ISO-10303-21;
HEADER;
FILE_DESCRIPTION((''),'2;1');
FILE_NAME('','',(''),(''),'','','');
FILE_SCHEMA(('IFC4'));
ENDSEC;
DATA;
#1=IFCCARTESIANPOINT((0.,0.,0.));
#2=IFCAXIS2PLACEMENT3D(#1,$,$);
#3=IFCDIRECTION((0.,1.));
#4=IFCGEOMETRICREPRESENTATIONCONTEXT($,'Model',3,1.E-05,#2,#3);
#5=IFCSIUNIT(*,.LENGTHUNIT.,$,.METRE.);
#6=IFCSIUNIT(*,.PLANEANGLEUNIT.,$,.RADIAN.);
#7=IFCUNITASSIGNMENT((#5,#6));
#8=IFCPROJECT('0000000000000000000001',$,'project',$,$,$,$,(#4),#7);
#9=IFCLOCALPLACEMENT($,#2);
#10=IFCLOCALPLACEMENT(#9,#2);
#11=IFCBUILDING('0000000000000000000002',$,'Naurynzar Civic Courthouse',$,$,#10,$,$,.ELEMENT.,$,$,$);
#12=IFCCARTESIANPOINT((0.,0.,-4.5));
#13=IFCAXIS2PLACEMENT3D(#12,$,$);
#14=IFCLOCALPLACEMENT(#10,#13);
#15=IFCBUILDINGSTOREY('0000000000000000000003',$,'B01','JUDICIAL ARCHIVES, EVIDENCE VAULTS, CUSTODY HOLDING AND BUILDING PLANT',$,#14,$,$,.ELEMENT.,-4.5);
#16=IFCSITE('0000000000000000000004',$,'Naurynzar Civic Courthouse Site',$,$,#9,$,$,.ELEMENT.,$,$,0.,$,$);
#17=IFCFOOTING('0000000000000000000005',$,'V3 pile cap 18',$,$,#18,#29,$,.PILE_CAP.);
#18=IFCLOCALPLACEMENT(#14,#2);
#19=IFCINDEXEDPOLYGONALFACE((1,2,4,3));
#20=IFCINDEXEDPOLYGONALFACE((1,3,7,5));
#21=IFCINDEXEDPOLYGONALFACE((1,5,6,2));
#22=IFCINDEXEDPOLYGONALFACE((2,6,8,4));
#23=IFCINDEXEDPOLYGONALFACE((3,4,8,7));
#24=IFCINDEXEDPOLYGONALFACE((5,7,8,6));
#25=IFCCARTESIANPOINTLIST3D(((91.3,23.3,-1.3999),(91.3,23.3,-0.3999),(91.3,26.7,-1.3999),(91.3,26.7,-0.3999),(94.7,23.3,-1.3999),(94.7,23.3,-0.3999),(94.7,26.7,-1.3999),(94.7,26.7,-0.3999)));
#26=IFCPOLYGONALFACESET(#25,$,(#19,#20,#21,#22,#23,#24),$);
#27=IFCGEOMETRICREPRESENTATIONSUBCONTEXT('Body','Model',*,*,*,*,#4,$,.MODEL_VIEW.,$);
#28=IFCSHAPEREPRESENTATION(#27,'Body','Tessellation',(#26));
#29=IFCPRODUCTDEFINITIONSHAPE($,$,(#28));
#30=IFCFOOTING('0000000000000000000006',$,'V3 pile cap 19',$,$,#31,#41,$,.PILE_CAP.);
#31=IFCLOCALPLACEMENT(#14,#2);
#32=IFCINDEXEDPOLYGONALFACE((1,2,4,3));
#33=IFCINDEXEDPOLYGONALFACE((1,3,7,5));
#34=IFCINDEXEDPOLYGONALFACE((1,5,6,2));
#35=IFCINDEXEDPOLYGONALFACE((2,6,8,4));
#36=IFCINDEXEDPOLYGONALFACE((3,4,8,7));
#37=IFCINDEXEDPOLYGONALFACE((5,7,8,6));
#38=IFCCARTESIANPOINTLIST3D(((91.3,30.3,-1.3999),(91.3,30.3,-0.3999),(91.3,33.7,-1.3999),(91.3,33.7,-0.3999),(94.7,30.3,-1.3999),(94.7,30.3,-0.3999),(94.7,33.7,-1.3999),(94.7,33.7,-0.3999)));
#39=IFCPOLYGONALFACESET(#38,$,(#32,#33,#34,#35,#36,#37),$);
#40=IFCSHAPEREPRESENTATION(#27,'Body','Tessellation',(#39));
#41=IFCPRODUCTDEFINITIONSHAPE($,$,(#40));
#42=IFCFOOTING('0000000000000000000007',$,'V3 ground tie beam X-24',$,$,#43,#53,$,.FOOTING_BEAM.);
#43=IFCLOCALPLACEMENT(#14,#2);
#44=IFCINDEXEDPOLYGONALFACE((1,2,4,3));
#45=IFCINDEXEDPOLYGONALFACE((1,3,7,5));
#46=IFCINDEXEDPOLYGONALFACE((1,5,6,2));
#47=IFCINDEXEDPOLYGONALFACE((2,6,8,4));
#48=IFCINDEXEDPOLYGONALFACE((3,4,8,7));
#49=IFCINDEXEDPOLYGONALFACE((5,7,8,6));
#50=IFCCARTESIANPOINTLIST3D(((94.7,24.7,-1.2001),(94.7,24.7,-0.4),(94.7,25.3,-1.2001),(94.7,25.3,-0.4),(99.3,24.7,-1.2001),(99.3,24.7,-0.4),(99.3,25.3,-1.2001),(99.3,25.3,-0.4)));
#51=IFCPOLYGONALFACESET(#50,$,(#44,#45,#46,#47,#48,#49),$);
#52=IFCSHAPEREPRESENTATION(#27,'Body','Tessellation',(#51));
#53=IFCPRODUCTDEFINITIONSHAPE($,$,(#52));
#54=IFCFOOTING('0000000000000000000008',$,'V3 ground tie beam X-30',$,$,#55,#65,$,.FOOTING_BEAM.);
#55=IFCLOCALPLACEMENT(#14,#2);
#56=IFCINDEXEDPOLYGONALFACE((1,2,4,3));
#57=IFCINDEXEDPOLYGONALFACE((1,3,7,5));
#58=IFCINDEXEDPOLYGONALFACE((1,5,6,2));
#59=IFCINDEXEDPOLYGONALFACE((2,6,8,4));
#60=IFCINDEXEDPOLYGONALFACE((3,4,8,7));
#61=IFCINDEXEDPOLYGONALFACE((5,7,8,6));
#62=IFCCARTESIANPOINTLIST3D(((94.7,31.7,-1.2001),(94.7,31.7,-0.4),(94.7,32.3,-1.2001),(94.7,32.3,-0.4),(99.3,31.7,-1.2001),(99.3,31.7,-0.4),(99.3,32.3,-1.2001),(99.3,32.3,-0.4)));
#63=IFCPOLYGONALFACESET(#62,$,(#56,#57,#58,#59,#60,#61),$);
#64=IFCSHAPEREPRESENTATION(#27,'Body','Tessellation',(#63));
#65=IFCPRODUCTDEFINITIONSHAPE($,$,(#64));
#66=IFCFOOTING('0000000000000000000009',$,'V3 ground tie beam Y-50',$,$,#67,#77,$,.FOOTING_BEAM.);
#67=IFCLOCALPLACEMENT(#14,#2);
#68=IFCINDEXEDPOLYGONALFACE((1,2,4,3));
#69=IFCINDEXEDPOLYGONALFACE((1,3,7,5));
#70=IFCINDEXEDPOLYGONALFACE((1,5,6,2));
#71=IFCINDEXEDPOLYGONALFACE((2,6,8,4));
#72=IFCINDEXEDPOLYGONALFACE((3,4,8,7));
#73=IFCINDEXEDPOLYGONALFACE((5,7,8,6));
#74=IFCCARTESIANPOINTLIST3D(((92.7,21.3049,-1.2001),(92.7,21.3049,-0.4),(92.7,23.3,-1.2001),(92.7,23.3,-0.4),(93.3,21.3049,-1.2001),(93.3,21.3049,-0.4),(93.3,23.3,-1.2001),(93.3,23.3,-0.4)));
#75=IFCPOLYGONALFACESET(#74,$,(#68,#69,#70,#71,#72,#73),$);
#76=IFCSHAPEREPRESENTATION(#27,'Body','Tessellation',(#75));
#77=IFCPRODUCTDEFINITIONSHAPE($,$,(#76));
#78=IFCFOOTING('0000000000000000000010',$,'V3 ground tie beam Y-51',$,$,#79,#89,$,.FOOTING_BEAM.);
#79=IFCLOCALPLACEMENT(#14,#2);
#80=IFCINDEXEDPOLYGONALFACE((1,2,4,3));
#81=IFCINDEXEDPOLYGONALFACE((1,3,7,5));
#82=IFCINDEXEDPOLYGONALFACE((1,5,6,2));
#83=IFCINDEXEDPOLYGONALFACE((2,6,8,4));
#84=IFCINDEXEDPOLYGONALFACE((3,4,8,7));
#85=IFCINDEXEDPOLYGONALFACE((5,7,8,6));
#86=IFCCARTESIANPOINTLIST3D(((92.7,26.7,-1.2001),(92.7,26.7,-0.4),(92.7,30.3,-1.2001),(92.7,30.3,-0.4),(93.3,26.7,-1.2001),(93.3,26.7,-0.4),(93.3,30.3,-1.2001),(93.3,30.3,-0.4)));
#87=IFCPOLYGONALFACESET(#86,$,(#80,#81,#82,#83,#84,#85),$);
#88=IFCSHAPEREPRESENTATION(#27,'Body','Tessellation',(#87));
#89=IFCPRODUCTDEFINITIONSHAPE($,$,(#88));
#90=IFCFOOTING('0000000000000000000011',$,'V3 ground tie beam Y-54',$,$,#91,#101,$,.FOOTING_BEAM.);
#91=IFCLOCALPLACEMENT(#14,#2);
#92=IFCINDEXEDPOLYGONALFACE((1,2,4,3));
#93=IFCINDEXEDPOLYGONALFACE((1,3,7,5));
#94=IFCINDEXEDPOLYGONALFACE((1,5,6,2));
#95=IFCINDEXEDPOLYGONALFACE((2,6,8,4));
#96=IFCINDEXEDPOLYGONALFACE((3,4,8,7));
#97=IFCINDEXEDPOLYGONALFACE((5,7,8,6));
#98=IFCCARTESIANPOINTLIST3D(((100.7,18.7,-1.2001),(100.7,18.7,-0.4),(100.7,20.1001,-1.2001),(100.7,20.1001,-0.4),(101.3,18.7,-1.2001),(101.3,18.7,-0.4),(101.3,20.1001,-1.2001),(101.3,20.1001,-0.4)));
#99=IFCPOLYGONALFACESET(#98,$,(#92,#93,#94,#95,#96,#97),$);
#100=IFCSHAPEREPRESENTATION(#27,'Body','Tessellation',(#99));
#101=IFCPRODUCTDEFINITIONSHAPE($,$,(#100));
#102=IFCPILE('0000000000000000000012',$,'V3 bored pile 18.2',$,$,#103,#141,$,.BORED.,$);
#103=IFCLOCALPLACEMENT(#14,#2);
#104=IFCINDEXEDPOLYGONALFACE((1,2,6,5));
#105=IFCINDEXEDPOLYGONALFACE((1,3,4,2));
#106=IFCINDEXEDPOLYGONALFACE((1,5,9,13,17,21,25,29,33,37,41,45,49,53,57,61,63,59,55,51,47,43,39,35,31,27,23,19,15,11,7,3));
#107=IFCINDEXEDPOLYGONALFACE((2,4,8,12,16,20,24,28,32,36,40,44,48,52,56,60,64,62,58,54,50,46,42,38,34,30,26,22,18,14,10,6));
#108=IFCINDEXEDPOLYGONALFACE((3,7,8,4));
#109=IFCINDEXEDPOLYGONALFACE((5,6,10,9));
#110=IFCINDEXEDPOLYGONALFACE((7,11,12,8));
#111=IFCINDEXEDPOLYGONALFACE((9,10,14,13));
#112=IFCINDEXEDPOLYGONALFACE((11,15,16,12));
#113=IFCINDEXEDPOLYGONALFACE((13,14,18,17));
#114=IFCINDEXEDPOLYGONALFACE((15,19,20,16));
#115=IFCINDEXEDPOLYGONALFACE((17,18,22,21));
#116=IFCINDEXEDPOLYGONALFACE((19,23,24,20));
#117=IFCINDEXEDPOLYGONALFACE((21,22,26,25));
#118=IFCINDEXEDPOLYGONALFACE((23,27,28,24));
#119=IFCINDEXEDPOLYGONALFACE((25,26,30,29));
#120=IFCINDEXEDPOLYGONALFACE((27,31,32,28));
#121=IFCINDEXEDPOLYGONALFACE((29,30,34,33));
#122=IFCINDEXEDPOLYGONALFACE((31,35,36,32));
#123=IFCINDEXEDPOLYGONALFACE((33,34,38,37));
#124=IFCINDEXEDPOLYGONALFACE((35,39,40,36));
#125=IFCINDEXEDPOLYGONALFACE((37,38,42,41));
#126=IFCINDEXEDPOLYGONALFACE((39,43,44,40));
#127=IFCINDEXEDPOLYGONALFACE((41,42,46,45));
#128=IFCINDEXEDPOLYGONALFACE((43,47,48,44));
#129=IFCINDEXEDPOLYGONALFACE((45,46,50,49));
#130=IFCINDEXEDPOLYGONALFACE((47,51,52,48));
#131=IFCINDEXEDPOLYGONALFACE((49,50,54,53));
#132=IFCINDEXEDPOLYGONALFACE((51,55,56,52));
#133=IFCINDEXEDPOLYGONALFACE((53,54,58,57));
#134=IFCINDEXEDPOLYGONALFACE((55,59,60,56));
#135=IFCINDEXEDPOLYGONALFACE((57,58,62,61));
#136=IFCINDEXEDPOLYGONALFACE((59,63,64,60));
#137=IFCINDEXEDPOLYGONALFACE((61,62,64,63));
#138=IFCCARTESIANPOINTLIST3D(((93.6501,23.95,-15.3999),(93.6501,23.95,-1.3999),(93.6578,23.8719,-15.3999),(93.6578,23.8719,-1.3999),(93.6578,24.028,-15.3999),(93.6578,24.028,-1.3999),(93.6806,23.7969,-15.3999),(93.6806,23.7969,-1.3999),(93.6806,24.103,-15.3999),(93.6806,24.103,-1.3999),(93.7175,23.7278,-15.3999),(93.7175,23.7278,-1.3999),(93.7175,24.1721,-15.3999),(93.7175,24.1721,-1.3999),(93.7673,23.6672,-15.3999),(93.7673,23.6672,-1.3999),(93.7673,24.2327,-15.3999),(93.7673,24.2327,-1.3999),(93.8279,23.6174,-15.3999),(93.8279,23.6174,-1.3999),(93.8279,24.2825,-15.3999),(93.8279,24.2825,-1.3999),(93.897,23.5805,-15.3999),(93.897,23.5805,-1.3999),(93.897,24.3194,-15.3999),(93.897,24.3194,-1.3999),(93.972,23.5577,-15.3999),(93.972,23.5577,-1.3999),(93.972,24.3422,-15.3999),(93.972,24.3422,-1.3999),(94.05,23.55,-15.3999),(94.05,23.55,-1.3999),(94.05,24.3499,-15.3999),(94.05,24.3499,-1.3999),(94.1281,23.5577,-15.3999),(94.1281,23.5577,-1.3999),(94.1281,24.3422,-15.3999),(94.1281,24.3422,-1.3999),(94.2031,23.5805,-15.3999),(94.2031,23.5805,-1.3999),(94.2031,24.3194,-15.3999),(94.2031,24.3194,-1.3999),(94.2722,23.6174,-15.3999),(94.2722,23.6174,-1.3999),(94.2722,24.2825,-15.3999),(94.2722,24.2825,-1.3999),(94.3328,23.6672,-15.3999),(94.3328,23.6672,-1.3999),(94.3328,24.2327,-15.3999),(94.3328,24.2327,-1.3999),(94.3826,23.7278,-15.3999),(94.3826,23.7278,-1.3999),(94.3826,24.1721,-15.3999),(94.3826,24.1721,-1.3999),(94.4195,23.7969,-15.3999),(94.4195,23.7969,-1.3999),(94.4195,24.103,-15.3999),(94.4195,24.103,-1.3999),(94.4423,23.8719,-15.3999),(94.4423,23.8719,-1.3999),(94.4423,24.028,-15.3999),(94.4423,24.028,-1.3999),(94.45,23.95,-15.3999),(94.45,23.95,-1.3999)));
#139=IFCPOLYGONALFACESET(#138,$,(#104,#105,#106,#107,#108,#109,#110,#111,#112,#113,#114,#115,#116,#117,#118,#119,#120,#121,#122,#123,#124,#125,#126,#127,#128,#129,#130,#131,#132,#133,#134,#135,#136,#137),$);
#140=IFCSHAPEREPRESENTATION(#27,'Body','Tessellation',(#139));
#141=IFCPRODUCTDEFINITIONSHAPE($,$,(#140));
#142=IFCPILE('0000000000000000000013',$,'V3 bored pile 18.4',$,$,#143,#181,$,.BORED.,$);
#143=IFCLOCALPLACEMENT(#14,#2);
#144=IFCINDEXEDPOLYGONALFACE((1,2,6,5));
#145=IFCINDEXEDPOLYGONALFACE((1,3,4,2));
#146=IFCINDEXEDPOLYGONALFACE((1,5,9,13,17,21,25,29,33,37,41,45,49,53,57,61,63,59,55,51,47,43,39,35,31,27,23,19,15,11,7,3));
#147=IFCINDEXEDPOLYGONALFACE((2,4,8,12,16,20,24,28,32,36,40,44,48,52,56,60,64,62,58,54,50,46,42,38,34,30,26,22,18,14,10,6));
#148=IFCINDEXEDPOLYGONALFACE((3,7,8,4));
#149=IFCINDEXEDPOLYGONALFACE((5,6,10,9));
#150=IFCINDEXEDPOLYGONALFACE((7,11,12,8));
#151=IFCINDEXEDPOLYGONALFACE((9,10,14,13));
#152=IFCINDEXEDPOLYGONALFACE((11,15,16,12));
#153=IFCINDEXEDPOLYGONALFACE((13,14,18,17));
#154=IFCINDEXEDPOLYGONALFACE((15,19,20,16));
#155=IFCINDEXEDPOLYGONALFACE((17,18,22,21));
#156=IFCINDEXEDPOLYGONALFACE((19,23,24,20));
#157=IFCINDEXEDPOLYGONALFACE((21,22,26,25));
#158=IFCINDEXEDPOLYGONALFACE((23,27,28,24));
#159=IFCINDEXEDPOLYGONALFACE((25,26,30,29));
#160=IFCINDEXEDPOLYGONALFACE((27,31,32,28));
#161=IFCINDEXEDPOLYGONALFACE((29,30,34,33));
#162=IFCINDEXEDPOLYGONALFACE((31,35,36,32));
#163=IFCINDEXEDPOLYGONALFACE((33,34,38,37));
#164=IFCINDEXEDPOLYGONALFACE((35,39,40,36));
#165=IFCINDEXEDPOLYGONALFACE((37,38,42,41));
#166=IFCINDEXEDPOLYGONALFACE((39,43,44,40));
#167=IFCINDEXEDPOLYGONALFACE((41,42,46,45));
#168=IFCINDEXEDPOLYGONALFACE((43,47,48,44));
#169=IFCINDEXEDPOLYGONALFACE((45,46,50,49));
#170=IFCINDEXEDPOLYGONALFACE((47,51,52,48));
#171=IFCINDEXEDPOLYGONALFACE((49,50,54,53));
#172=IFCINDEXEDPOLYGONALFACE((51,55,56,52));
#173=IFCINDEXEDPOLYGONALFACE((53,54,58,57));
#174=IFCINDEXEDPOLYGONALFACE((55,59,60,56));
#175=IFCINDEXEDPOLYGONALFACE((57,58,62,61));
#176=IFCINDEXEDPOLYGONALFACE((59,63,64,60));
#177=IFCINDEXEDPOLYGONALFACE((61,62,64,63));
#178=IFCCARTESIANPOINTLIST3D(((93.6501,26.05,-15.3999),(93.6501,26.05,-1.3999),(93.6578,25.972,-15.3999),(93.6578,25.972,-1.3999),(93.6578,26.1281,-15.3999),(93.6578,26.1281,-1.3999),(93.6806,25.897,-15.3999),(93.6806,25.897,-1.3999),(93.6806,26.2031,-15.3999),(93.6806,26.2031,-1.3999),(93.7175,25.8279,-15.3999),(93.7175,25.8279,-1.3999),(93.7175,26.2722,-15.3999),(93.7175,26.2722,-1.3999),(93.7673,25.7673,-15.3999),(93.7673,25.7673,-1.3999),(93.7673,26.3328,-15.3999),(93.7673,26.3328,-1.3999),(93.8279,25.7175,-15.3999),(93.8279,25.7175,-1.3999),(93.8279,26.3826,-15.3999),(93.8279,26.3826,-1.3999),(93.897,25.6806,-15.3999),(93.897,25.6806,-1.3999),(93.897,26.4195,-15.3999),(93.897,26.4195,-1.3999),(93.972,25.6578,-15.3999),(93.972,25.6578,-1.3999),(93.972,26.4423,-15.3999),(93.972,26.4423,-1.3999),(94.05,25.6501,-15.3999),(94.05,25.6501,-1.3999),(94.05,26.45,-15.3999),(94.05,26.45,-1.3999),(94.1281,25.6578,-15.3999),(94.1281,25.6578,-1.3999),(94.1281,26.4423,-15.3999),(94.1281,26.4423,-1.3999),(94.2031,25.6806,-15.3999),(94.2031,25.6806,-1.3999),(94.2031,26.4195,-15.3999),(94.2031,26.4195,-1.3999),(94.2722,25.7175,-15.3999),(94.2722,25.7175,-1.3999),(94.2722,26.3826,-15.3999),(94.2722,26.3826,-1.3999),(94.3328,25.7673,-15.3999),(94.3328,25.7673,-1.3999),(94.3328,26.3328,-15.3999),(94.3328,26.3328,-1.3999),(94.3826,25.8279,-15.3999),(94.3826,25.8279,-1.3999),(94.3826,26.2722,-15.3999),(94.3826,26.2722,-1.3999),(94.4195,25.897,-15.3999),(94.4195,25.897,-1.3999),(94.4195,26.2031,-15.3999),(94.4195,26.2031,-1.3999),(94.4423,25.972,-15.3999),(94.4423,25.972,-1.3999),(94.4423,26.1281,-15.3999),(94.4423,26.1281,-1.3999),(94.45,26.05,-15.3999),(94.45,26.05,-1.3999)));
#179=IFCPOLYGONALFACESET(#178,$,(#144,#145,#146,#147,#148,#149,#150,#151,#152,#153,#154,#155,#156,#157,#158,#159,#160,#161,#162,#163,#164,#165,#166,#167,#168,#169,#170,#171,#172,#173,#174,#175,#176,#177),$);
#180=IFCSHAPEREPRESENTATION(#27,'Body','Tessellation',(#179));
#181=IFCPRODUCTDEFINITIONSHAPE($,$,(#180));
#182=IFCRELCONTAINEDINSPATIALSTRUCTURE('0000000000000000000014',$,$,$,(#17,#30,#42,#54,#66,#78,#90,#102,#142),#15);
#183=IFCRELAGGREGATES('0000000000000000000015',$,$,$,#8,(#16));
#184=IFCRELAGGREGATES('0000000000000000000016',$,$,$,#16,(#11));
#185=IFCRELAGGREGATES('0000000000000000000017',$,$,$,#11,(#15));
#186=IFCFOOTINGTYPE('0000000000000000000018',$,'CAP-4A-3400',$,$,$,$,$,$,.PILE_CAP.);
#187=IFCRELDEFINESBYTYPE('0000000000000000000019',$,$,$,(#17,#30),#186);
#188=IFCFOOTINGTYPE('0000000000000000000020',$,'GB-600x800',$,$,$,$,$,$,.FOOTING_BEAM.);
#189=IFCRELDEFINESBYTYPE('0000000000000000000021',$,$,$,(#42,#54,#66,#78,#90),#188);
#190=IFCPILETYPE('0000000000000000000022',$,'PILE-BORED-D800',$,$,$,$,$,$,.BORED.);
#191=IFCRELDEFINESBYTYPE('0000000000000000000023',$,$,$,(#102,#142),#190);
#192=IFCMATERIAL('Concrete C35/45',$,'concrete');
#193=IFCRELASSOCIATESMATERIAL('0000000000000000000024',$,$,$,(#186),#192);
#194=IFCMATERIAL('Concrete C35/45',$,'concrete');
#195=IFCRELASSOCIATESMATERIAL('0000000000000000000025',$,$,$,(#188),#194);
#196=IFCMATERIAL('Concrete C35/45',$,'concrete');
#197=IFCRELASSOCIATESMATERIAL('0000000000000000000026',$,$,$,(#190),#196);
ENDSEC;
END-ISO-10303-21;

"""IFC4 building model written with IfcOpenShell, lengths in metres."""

from ifc_helpers import new_model, si_unit, direction, frame, origin, origin_2d, place, context, subcontext, project, spatial, rectangle, circle, extrude, material, material_profile, profile_set, type_object, element, save


model = new_model("IFC4")

# Units and contexts
model_context = context("Model", 3, precision=1e-05, world=origin(), true_north=direction((0.0, 1.0)))
body_context = subcontext(model_context, "Body", "Model", "MODEL_VIEW")
ifc_project = project(units=[si_unit("LENGTHUNIT", "METRE"), si_unit("PLANEANGLEUNIT", "RADIAN")], contexts=[model_context])

# Site, building, storey
site_placement = place(None, origin())
site = spatial("IfcSite", under=ifc_project, at=site_placement, Name="Naurynzar Civic Courthouse Site", CompositionType="ELEMENT", RefElevation=0.0)
building_placement = place(site_placement, origin())
building = spatial("IfcBuilding", under=site, at=building_placement, Name="Naurynzar Civic Courthouse", CompositionType="ELEMENT")
storey_placement = place(building_placement, frame((0.0, 0.0, -4.5)))
storey = spatial("IfcBuildingStorey", under=building, at=storey_placement, Name="B01", Description="JUDICIAL ARCHIVES, EVIDENCE VAULTS, CUSTODY HOLDING AND BUILDING PLANT", CompositionType="ELEMENT", Elevation=-4.5)

# Footings
ifc_material_1 = material(Name="Concrete C35/45", Category="concrete")
footing_type_1 = type_object("IfcFootingType", Name="CAP-4A-3400", PredefinedType="PILE_CAP", material=ifc_material_1)
for number, where, z_axis, x_axis, name in (
    (1, (93.0, 25.0, -1.3999), (0.0, 0.0, 1.0), (1.0, 0.0, 0.0), "V3 pile cap 18"),
    (2, (93.0, 32.0, -1.3999), (0.0, 0.0, 1.0), (1.0, 0.0, 0.0), "V3 pile cap 19"),
):
    element("IfcFooting", number, at=place(storey_placement, frame(where, z_axis=z_axis, x_axis=x_axis)), inside=storey, type_object=footing_type_1, Name=name, PredefinedType="PILE_CAP", context=body_context, shape_type="SweptSolid", body=[
        extrude(rectangle(XDim=3.3999, YDim=3.3999, at=origin_2d()), origin(), (0.0, 0.0, 1.0), 1.0),
    ])
ifc_material_2 = material(Name="Concrete C35/45", Category="concrete")
ifc_material_profile_1 = material_profile(ifc_material_2, rectangle(XDim=0.6001, YDim=0.8, at=origin_2d()), Name="GB 600x800")
ifc_profile_set_1 = profile_set([ifc_material_profile_1], Name="Concrete C35/45")
footing_type_2 = type_object("IfcFootingType", Name="GB-600x800", PredefinedType="FOOTING_BEAM", material=ifc_profile_set_1)
for number, where, z_axis, x_axis, name in (
    (3, (94.7, 25.0, -0.8), (1.0, 0.0, 0.0), (0.0, 1.0, 0.0), "V3 ground tie beam X-24"),
    (4, (94.7, 32.0, -0.8), (1.0, 0.0, 0.0), (0.0, 1.0, 0.0), "V3 ground tie beam X-30"),
):
    element("IfcFooting", number, at=place(storey_placement, frame(where, z_axis=z_axis, x_axis=x_axis)), inside=storey, type_object=footing_type_2, Name=name, PredefinedType="FOOTING_BEAM", context=body_context, shape_type="SweptSolid", body=[
        extrude(rectangle(XDim=0.6001, YDim=0.8, at=origin_2d()), origin(), (0.0, 0.0, 1.0), 4.6001),
    ])
footing_1_placement = place(storey_placement, frame((93.0, 21.3049, -0.8), z_axis=(0.0, 1.0, 0.0), x_axis=(-1.0, 0.0, 0.0)))
element("IfcFooting", 5, at=footing_1_placement, inside=storey, type_object=footing_type_2, Name="V3 ground tie beam Y-50", PredefinedType="FOOTING_BEAM", context=body_context, shape_type="SweptSolid", body=[
    extrude(rectangle(XDim=0.6001, YDim=0.8, at=origin_2d()), origin(), (0.0, 0.0, 1.0), 1.9951),
])
footing_2_placement = place(storey_placement, frame((93.0, 26.7, -0.8), z_axis=(0.0, 1.0, 0.0), x_axis=(-1.0, 0.0, 0.0)))
element("IfcFooting", 6, at=footing_2_placement, inside=storey, type_object=footing_type_2, Name="V3 ground tie beam Y-51", PredefinedType="FOOTING_BEAM", context=body_context, shape_type="SweptSolid", body=[
    extrude(rectangle(XDim=0.6001, YDim=0.8, at=origin_2d()), origin(), (0.0, 0.0, 1.0), 3.6001),
])
footing_3_placement = place(storey_placement, frame((101.0, 18.7, -0.8), z_axis=(0.0, 1.0, 0.0), x_axis=(-1.0, 0.0, 0.0)))
element("IfcFooting", 7, at=footing_3_placement, inside=storey, type_object=footing_type_2, Name="V3 ground tie beam Y-54", PredefinedType="FOOTING_BEAM", context=body_context, shape_type="SweptSolid", body=[
    extrude(rectangle(XDim=0.6001, YDim=0.8, at=origin_2d()), origin(), (0.0, 0.0, 1.0), 1.4001),
])

# Piles
ifc_material_3 = material(Name="Concrete C35/45", Category="concrete")
ifc_material_profile_2 = material_profile(ifc_material_3, circle(Radius=0.3999, at=origin_2d()), Name="PILE D800")
ifc_profile_set_2 = profile_set([ifc_material_profile_2], Name="Concrete C35/45")
pile_type = type_object("IfcPileType", Name="PILE-BORED-D800", PredefinedType="BORED", material=ifc_profile_set_2)
for number, where, z_axis, x_axis, name in (
    (8, (94.05, 23.95, -1.3999), (0.0, 0.0, -1.0), (1.0, 0.0, 0.0), "V3 bored pile 18.2"),
    (9, (94.05, 26.05, -1.3999), (0.0, 0.0, -1.0), (1.0, 0.0, 0.0), "V3 bored pile 18.4"),
):
    element("IfcPile", number, at=place(storey_placement, frame(where, z_axis=z_axis, x_axis=x_axis)), inside=storey, type_object=pile_type, Name=name, PredefinedType="BORED", context=body_context, shape_type="SweptSolid", body=[
        extrude(circle(Radius=0.3999, at=origin_2d()), origin(), (0.0, 0.0, 1.0), 14.0),
    ])

save(model, "model.ifc")
